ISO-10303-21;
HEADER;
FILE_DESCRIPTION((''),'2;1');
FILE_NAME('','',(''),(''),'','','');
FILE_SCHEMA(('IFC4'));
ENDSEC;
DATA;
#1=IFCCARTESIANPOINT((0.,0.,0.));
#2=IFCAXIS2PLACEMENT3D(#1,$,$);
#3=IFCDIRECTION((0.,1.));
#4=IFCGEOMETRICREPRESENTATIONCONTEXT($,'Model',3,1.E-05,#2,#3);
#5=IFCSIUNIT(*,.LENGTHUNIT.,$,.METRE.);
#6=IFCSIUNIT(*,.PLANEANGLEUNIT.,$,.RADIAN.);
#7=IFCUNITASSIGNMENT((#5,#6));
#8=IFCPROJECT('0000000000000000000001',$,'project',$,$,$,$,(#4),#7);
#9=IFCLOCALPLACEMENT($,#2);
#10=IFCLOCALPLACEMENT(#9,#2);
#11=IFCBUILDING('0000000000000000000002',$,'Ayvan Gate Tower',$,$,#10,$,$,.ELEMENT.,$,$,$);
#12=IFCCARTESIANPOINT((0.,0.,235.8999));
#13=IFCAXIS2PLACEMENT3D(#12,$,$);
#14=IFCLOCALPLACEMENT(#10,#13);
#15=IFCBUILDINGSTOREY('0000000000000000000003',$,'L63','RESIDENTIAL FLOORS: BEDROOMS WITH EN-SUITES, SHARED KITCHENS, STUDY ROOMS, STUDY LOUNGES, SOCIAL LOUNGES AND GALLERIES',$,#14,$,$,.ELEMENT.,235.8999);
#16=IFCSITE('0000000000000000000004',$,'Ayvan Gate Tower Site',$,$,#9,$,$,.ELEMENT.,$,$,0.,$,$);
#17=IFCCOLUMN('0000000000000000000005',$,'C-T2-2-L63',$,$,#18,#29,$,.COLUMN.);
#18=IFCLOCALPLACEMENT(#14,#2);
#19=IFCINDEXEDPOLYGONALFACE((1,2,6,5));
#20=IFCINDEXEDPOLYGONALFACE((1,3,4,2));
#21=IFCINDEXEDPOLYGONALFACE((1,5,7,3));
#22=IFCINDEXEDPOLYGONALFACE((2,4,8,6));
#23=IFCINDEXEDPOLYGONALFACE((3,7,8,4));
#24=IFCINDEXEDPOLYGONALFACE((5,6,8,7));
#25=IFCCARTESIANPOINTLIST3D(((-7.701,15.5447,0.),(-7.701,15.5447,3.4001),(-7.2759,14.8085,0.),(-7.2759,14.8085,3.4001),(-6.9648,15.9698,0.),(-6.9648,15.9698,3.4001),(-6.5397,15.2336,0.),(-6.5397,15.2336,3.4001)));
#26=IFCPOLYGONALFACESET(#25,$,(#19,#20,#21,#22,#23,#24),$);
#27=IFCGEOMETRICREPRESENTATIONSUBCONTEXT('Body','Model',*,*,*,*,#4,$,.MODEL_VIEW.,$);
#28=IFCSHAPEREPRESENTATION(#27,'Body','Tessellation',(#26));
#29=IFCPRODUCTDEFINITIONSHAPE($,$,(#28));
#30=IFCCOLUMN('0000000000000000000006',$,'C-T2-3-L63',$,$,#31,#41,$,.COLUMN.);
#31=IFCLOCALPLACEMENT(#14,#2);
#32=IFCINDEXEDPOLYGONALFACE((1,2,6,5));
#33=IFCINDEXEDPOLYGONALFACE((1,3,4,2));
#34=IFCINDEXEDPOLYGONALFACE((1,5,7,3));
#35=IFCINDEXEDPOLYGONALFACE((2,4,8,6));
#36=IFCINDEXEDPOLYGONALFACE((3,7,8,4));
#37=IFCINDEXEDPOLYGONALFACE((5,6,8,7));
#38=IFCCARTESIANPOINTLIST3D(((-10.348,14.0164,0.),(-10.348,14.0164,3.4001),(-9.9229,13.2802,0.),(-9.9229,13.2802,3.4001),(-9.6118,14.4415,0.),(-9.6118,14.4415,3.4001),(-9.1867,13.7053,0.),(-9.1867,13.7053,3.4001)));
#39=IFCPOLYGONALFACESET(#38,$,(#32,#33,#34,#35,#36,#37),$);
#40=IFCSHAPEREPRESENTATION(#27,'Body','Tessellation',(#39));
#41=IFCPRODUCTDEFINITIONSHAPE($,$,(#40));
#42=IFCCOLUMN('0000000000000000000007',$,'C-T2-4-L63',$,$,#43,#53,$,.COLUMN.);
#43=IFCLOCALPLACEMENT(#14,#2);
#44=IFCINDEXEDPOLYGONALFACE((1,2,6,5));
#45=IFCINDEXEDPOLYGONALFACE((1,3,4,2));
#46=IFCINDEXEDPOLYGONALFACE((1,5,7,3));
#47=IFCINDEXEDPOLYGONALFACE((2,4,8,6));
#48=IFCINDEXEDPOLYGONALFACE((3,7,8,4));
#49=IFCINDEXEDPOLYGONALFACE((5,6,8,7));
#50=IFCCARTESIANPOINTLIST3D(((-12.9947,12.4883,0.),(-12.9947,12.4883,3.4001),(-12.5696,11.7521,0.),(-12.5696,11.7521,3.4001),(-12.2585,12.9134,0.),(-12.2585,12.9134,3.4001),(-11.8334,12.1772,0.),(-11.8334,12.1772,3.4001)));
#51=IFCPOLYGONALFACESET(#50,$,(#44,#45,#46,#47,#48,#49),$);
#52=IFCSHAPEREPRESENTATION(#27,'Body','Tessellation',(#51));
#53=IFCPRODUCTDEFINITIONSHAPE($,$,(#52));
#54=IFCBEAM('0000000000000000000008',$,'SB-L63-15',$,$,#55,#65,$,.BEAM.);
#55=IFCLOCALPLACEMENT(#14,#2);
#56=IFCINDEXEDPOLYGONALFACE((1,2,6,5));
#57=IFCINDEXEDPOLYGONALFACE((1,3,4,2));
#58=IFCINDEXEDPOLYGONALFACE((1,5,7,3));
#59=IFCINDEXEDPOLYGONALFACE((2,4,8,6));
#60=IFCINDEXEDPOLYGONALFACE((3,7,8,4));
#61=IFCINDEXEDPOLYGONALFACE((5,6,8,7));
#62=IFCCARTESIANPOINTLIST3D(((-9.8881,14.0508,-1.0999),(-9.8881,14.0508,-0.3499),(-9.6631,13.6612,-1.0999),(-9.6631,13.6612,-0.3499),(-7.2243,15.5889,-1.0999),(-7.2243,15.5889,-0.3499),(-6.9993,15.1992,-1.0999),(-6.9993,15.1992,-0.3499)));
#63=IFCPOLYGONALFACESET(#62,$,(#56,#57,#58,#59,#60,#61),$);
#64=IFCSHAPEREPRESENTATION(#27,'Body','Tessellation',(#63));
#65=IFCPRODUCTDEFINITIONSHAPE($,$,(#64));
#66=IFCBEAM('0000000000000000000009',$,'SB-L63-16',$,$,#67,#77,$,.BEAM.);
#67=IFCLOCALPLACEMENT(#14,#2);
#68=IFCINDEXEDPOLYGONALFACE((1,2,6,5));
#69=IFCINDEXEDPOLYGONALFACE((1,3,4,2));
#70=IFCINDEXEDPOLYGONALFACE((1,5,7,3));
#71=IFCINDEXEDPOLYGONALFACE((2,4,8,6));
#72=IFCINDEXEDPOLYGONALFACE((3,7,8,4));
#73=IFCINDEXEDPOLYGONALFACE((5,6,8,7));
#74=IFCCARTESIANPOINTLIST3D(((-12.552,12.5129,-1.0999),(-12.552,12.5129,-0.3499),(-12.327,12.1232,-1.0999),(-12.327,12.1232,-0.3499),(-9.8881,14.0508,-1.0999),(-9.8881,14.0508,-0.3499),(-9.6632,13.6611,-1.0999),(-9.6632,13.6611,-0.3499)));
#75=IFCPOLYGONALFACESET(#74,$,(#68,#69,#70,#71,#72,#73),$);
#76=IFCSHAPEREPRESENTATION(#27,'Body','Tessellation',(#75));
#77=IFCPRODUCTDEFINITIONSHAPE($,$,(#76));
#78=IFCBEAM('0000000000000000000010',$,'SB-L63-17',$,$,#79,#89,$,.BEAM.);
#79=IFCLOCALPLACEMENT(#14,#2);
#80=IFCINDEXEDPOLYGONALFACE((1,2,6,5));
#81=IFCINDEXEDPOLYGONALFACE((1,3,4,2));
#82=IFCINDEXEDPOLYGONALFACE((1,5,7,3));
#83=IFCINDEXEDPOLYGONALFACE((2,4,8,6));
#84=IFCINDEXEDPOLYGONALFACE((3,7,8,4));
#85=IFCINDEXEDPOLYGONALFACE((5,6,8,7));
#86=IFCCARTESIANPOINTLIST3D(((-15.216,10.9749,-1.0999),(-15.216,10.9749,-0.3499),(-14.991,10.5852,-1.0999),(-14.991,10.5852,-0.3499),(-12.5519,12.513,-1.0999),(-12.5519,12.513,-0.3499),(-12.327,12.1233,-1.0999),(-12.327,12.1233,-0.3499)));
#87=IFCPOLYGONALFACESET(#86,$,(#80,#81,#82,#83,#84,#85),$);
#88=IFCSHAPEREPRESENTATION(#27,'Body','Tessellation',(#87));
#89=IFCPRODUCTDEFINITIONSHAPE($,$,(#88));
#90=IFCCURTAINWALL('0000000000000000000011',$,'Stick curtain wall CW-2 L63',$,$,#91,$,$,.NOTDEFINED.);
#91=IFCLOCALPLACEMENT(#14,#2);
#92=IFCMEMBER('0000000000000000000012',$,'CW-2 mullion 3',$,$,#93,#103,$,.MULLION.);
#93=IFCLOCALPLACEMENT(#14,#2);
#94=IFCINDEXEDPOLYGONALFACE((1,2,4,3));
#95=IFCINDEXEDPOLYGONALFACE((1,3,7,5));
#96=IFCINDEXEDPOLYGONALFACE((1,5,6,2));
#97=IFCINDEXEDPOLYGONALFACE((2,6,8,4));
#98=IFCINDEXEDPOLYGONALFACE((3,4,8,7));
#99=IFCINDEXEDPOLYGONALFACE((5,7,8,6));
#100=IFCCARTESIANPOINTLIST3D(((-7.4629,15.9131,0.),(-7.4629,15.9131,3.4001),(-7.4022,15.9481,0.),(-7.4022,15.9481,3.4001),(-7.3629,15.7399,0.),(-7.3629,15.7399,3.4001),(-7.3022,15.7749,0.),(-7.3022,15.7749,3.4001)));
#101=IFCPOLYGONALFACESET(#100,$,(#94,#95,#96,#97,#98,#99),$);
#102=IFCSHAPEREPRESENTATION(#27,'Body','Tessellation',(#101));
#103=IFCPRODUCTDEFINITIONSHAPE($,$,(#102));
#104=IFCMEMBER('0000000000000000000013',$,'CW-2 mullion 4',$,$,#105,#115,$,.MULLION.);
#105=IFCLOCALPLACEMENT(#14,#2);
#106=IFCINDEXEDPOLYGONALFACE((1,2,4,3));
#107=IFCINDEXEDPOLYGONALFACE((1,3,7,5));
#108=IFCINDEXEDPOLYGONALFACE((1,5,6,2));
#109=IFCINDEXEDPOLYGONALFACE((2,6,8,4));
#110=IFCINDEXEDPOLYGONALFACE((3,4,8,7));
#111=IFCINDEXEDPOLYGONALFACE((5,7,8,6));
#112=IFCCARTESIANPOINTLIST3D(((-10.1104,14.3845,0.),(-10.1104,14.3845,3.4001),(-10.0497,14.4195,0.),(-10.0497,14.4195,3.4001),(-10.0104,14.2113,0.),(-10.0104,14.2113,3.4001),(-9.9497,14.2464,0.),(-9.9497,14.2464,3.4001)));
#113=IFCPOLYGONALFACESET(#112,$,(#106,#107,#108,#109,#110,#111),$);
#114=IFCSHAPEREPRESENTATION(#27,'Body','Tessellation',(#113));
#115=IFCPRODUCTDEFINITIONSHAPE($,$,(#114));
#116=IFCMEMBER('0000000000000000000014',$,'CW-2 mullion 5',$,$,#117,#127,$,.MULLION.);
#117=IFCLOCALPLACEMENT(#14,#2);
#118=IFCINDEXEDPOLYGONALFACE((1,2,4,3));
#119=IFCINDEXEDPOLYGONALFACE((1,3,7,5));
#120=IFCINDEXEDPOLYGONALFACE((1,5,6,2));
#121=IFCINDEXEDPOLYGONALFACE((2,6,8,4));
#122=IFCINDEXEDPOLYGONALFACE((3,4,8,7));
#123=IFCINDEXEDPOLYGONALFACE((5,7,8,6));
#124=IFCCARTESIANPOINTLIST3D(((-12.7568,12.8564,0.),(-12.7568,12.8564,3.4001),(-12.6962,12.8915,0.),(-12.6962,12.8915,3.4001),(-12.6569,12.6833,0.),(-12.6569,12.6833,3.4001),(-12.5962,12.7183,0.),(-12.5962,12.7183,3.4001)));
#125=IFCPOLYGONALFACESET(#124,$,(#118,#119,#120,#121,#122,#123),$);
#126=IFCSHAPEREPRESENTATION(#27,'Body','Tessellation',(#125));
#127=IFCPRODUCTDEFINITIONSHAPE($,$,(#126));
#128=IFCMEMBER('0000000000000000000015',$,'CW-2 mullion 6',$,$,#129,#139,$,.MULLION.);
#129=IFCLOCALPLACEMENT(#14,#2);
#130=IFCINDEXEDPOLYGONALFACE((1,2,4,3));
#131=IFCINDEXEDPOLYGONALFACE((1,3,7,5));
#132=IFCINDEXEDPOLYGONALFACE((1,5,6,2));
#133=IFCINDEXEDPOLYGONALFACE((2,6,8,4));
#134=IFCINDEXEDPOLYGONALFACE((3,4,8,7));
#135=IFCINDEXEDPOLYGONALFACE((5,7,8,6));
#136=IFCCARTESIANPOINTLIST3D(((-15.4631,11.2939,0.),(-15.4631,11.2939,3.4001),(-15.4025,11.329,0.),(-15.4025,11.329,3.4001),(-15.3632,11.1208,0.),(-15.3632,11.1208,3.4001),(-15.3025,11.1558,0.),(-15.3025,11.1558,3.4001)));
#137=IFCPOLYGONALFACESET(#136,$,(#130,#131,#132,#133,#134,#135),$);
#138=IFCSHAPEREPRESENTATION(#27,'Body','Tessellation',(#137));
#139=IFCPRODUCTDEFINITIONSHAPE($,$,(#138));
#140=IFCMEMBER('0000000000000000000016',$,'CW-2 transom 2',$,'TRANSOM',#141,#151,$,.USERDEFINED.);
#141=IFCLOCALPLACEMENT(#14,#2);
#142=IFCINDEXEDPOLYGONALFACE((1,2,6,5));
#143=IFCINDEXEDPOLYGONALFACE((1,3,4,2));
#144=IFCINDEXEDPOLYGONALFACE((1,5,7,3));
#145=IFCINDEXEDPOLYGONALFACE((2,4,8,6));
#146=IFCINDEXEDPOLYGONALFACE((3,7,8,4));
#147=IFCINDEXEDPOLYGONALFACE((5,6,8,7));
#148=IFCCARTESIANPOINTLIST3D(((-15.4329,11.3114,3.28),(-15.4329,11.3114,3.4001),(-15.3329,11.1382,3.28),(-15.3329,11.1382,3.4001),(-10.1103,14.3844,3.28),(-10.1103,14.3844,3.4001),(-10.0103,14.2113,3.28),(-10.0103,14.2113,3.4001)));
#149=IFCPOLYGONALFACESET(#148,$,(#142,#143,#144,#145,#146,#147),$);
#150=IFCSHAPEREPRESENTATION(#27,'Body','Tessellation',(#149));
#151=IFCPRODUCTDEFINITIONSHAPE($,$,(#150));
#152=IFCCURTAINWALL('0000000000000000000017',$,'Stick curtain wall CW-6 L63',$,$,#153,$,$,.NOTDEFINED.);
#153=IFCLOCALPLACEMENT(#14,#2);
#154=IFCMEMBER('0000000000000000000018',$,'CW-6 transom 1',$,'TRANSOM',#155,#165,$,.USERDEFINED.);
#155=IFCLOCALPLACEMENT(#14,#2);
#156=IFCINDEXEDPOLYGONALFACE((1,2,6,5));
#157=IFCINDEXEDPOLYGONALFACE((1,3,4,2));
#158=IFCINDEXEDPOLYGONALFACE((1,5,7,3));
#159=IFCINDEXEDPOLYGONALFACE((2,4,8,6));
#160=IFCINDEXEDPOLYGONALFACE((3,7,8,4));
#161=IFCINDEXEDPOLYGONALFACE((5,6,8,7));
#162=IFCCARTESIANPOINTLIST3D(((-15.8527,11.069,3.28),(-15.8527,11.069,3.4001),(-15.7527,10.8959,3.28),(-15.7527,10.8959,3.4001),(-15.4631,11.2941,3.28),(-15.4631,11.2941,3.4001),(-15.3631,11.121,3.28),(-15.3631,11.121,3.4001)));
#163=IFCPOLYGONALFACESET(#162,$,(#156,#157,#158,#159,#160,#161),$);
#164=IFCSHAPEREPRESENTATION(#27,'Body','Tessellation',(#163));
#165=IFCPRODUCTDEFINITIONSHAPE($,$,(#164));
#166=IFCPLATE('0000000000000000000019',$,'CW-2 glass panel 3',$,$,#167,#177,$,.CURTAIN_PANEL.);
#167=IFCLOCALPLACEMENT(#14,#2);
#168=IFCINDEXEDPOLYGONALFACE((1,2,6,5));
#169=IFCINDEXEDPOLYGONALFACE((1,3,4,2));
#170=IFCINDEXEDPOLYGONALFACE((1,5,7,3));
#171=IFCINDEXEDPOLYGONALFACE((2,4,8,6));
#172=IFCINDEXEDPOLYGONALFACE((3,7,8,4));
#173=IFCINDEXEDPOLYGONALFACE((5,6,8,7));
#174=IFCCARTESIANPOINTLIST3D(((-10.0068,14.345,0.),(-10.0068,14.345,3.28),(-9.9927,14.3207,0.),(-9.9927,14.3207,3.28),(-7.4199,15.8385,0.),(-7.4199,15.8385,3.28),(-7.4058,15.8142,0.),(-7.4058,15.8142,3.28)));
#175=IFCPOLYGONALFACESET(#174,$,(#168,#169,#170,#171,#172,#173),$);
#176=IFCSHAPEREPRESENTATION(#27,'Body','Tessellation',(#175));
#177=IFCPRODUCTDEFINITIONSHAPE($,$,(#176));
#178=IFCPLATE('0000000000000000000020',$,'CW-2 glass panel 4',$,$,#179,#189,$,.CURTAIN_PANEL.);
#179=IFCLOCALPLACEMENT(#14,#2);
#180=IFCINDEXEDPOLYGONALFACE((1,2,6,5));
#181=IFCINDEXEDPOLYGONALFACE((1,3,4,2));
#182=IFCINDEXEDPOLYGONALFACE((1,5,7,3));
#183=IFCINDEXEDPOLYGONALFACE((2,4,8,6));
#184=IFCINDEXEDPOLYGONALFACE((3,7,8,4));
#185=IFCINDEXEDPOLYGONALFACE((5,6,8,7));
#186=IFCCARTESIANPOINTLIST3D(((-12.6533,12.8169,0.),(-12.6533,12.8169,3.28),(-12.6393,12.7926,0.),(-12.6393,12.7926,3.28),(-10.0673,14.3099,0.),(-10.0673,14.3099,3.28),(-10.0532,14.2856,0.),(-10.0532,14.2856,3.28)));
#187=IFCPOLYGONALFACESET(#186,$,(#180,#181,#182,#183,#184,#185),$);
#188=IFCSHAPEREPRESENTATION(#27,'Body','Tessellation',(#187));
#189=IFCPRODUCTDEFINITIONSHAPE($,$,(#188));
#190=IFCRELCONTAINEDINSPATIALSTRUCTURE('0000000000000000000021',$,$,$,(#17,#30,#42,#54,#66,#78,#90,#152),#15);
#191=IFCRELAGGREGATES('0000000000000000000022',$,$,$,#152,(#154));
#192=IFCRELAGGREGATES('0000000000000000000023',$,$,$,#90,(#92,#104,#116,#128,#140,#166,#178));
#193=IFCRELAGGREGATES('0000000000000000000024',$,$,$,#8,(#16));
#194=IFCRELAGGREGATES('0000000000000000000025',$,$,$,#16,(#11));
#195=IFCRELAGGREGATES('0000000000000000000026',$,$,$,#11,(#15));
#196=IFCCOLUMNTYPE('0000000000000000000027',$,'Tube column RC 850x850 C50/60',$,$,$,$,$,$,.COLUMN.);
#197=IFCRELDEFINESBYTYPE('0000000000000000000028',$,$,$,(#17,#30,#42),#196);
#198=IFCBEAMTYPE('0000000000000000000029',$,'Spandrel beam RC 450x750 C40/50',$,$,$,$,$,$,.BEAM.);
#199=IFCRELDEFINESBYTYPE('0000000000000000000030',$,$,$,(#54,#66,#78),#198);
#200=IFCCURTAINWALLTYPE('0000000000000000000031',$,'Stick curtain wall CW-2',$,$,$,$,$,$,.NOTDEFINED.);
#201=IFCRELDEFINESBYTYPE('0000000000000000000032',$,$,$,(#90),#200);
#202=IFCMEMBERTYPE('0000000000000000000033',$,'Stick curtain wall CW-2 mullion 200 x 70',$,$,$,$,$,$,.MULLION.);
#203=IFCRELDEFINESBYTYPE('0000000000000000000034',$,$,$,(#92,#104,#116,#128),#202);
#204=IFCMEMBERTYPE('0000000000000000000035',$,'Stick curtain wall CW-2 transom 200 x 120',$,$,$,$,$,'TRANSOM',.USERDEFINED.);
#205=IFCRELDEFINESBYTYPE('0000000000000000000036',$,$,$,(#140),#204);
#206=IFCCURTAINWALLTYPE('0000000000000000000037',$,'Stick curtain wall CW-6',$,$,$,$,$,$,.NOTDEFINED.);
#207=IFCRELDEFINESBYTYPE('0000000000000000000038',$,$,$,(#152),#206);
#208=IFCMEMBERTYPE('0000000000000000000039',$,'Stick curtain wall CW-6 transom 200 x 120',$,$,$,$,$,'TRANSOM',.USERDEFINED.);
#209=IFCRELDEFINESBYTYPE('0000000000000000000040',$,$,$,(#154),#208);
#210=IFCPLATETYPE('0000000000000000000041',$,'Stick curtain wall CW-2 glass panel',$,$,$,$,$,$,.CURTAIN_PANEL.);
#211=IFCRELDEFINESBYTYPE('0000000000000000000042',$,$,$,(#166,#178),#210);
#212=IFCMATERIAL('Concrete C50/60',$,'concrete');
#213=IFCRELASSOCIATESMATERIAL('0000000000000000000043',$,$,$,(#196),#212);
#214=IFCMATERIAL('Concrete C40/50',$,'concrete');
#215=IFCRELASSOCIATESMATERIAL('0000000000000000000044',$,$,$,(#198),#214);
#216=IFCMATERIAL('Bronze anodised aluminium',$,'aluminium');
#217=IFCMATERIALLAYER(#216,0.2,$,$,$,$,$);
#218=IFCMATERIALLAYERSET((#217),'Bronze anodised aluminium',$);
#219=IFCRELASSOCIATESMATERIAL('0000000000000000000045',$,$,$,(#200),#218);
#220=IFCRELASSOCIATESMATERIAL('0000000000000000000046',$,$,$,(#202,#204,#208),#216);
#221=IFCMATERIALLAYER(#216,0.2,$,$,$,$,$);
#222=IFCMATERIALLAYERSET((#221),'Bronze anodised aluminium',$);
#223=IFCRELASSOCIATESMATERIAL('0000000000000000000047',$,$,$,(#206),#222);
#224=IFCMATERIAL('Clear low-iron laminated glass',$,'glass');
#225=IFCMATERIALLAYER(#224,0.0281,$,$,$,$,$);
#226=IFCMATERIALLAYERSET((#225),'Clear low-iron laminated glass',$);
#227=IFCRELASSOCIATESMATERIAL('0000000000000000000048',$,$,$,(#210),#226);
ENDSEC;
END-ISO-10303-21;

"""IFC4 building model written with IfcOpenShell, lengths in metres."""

from ifc_helpers import new_model, si_unit, direction, frame, origin, origin_2d, place, context, subcontext, project, spatial, rectangle, extrude, material, layer, layer_set, material_profile, profile_set, type_object, element, aggregate, save


model = new_model("IFC4")

# Units and contexts
model_context = context("Model", 3, precision=1e-05, world=origin(), true_north=direction((0.0, 1.0)))
body_context = subcontext(model_context, "Body", "Model", "MODEL_VIEW")
ifc_project = project(units=[si_unit("LENGTHUNIT", "METRE"), si_unit("PLANEANGLEUNIT", "RADIAN")], contexts=[model_context])

# Site, building, storey
site_placement = place(None, origin())
site = spatial("IfcSite", under=ifc_project, at=site_placement, Name="Ayvan Gate Tower Site", CompositionType="ELEMENT", RefElevation=0.0)
building_placement = place(site_placement, origin())
building = spatial("IfcBuilding", under=site, at=building_placement, Name="Ayvan Gate Tower", CompositionType="ELEMENT")
storey_placement = place(building_placement, frame((0.0, 0.0, 235.8999)))
storey = spatial("IfcBuildingStorey", under=building, at=storey_placement, Name="L63", Description="RESIDENTIAL FLOORS: BEDROOMS WITH EN-SUITES, SHARED KITCHENS, STUDY ROOMS, STUDY LOUNGES, SOCIAL LOUNGES AND GALLERIES", CompositionType="ELEMENT", Elevation=235.8999)

# Columns
ifc_material_1 = material(Name="Concrete C50/60", Category="concrete")
ifc_material_profile_1 = material_profile(ifc_material_1, rectangle(XDim=0.8501, YDim=0.8501, at=origin_2d()), Name="RC 850x850")
ifc_profile_set_1 = profile_set([ifc_material_profile_1], Name="Concrete C50/60")
column_type = type_object("IfcColumnType", Name="Tube column RC 850x850 C50/60", PredefinedType="COLUMN", material=ifc_profile_set_1)
for number, where, z_axis, x_axis, name in (
    (1, (-7.1204, 15.3892, 0.0), (0.0, 0.0, 1.0), (-0.5, 0.866025, 0.0), "C-T2-2-L63"),
    (2, (-9.7673, 13.8608, 0.0), (0.0, 0.0, 1.0), (-0.5, 0.866025, 0.0), "C-T2-3-L63"),
    (3, (-12.4141, 12.3328, 0.0), (0.0, 0.0, 1.0), (-0.5, 0.866025, 0.0), "C-T2-4-L63"),
):
    element("IfcColumn", number, at=place(storey_placement, frame(where, z_axis=z_axis, x_axis=x_axis)), inside=storey, type_object=column_type, Name=name, PredefinedType="COLUMN", context=body_context, shape_type="SweptSolid", body=[
        extrude(rectangle(XDim=0.8501, YDim=0.8501, at=origin_2d()), origin(), (0.0, 0.0, 1.0), 3.4001),
    ])

# Beams
ifc_material_2 = material(Name="Concrete C40/50", Category="concrete")
ifc_material_profile_2 = material_profile(ifc_material_2, rectangle(XDim=0.45, YDim=0.75, at=origin_2d()), Name="RC 450x750")
ifc_profile_set_2 = profile_set([ifc_material_profile_2], Name="Concrete C40/50")
beam_type = type_object("IfcBeamType", Name="Spandrel beam RC 450x750 C40/50", PredefinedType="BEAM", material=ifc_profile_set_2)
for number, where, z_axis, x_axis, name in (
    (4, (-7.1118, 15.394, -0.7249), (-0.866007, -0.500032, 0.0), (0.500032, -0.866007, 0.0), "SB-L63-15"),
    (5, (-9.7756, 13.856, -0.7249), (-0.866042, -0.499972, 0.0), (0.499972, -0.866042, 0.0), "SB-L63-16"),
):
    element("IfcBeam", number, at=place(storey_placement, frame(where, z_axis=z_axis, x_axis=x_axis)), inside=storey, type_object=beam_type, Name=name, PredefinedType="BEAM", context=body_context, shape_type="SweptSolid", body=[
        extrude(rectangle(XDim=0.45, YDim=0.75, at=origin_2d()), origin(), (0.0, 0.0, 1.0), 3.0759),
    ])
beam_placement = place(storey_placement, frame((-12.4395, 12.3181, -0.7249), z_axis=(-0.866027, -0.499997, 0.0), x_axis=(0.499997, -0.866027, 0.0)))
element("IfcBeam", 6, at=beam_placement, inside=storey, type_object=beam_type, Name="SB-L63-17", PredefinedType="BEAM", context=body_context, shape_type="SweptSolid", body=[
    extrude(rectangle(XDim=0.45, YDim=0.75, at=origin_2d()), origin(), (0.0, 0.0, 1.0), 3.0762),
])

# Curtain wall, members
ifc_material_3 = material(Name="Bronze anodised aluminium", Category="aluminium")
ifc_layer_1 = layer(ifc_material_3, 0.2)
ifc_layer_set_1 = layer_set([ifc_layer_1], Name="Bronze anodised aluminium")
curtain_wall_type_1 = type_object("IfcCurtainWallType", Name="Stick curtain wall CW-2", PredefinedType="NOTDEFINED", material=ifc_layer_set_1)
curtain_wall_1_placement = place(storey_placement, origin())
curtain_wall_1 = element("IfcCurtainWall", 7, at=curtain_wall_1_placement, inside=storey, type_object=curtain_wall_type_1, Name="Stick curtain wall CW-2 L63", PredefinedType="NOTDEFINED")
ifc_material_profile_3 = material_profile(ifc_material_3, rectangle(XDim=0.2, YDim=0.0701, at=origin_2d()), Name="Stick curtain wall CW-2 mullion 200 x 70")
ifc_profile_set_3 = profile_set([ifc_material_profile_3], Name="Bronze anodised aluminium")
member_type_1 = type_object("IfcMemberType", Name="Stick curtain wall CW-2 mullion 200 x 70", PredefinedType="MULLION", material=ifc_profile_set_3)
member_1_placement = place(storey_placement, frame((-7.3826, 15.844, 0.0), z_axis=(0.0, 0.0, 1.0), x_axis=(-0.5, 0.866025, 0.0)))
member_1 = element("IfcMember", 8, at=member_1_placement, type_object=member_type_1, Name="CW-2 mullion 3", PredefinedType="MULLION", context=body_context, shape_type="SweptSolid", body=[
    extrude(rectangle(XDim=0.2, YDim=0.0701, at=origin_2d()), origin(), (0.0, 0.0, 1.0), 3.4001),
])
member_2_placement = place(storey_placement, frame((-10.03, 14.3154, 0.0), z_axis=(0.0, 0.0, 1.0), x_axis=(-0.5, 0.866025, 0.0)))
member_2 = element("IfcMember", 9, at=member_2_placement, type_object=member_type_1, Name="CW-2 mullion 4", PredefinedType="MULLION", context=body_context, shape_type="SweptSolid", body=[
    extrude(rectangle(XDim=0.2, YDim=0.0701, at=origin_2d()), origin(), (0.0, 0.0, 1.0), 3.4001),
])
member_3_placement = place(storey_placement, frame((-12.6765, 12.7874, 0.0), z_axis=(0.0, 0.0, 1.0), x_axis=(-0.5, 0.866025, 0.0)))
member_3 = element("IfcMember", 10, at=member_3_placement, type_object=member_type_1, Name="CW-2 mullion 5", PredefinedType="MULLION", context=body_context, shape_type="SweptSolid", body=[
    extrude(rectangle(XDim=0.2, YDim=0.0701, at=origin_2d()), origin(), (0.0, 0.0, 1.0), 3.4001),
])
member_4_placement = place(storey_placement, frame((-15.3828, 11.2249, 0.0), z_axis=(0.0, 0.0, 1.0), x_axis=(-0.5, 0.866025, 0.0)))
member_4 = element("IfcMember", 11, at=member_4_placement, type_object=member_type_1, Name="CW-2 mullion 6", PredefinedType="MULLION", context=body_context, shape_type="SweptSolid", body=[
    extrude(rectangle(XDim=0.2, YDim=0.0701, at=origin_2d()), origin(), (0.0, 0.0, 1.0), 3.4001),
])
ifc_material_profile_4 = material_profile(ifc_material_3, rectangle(XDim=0.2, YDim=0.1201, at=origin_2d()), Name="Stick curtain wall CW-2 transom 200 x 120")
ifc_profile_set_4 = profile_set([ifc_material_profile_4], Name="Bronze anodised aluminium")
member_type_2 = type_object("IfcMemberType", Name="Stick curtain wall CW-2 transom 200 x 120", ElementType="TRANSOM", PredefinedType="USERDEFINED", material=ifc_profile_set_4)
member_5_placement = place(storey_placement, frame((-10.0603, 14.2979, 3.3401), z_axis=(-0.866022, -0.500006, 0.0), x_axis=(0.500006, -0.866022, 0.0)))
member_5 = element("IfcMember", 12, at=member_5_placement, type_object=member_type_2, Name="CW-2 transom 2", ObjectType="TRANSOM", PredefinedType="USERDEFINED", context=body_context, shape_type="SweptSolid", body=[
    extrude(rectangle(XDim=0.2, YDim=0.1201, at=origin_2d()), origin(), (0.0, 0.0, 1.0), 6.146),
])

# Curtain wall, member
ifc_layer_2 = layer(ifc_material_3, 0.2)
ifc_layer_set_2 = layer_set([ifc_layer_2], Name="Bronze anodised aluminium")
curtain_wall_type_2 = type_object("IfcCurtainWallType", Name="Stick curtain wall CW-6", PredefinedType="NOTDEFINED", material=ifc_layer_set_2)
curtain_wall_2_placement = place(storey_placement, origin())
curtain_wall_2 = element("IfcCurtainWall", 13, at=curtain_wall_2_placement, inside=storey, type_object=curtain_wall_type_2, Name="Stick curtain wall CW-6 L63", PredefinedType="NOTDEFINED")
ifc_material_profile_5 = material_profile(ifc_material_3, rectangle(XDim=0.2, YDim=0.1201, at=origin_2d()), Name="Stick curtain wall CW-6 transom 200 x 120")
ifc_profile_set_5 = profile_set([ifc_material_profile_5], Name="Bronze anodised aluminium")
member_type_3 = type_object("IfcMemberType", Name="Stick curtain wall CW-6 transom 200 x 120", ElementType="TRANSOM", PredefinedType="USERDEFINED", material=ifc_profile_set_5)
member_6_placement = place(storey_placement, frame((-15.4131, 11.2075, 3.3401), z_axis=(-0.865896, -0.500223, 0.0), x_axis=(0.500223, -0.865896, 0.0)))
member_6 = element("IfcMember", 14, at=member_6_placement, type_object=member_type_3, Name="CW-6 transom 1", ObjectType="TRANSOM", PredefinedType="USERDEFINED", context=body_context, shape_type="SweptSolid", body=[
    extrude(rectangle(XDim=0.2, YDim=0.1201, at=origin_2d()), origin(), (0.0, 0.0, 1.0), 0.45),
])
aggregate(curtain_wall_2, [member_6])

# Plates
ifc_material_4 = material(Name="Clear low-iron laminated glass", Category="glass")
ifc_layer_3 = layer(ifc_material_4, 0.0281)
ifc_layer_set_3 = layer_set([ifc_layer_3], Name="Clear low-iron laminated glass")
plate_type = type_object("IfcPlateType", Name="Stick curtain wall CW-2 glass panel", PredefinedType="CURTAIN_PANEL", material=ifc_layer_set_3)
plate_1_placement = place(storey_placement, frame((-8.7063, 15.0796, 0.0), z_axis=(0.0, 0.0, 1.0), x_axis=(-0.866025, -0.5, 0.0)))
plate_1 = element("IfcPlate", 15, at=plate_1_placement, type_object=plate_type, Name="CW-2 glass panel 3", PredefinedType="CURTAIN_PANEL", context=body_context, shape_type="SweptSolid", body=[
    extrude(rectangle(XDim=2.9871, YDim=0.0281, at=origin_2d()), origin(), (0.0, 0.0, 1.0), 3.28),
])
plate_2_placement = place(storey_placement, frame((-11.3533, 13.5513, 0.0), z_axis=(0.0, 0.0, 1.0), x_axis=(-0.866025, -0.5, 0.0)))
plate_2 = element("IfcPlate", 16, at=plate_2_placement, type_object=plate_type, Name="CW-2 glass panel 4", PredefinedType="CURTAIN_PANEL", context=body_context, shape_type="SweptSolid", body=[
    extrude(rectangle(XDim=2.9861, YDim=0.0281, at=origin_2d()), origin(), (0.0, 0.0, 1.0), 3.28),
])
aggregate(curtain_wall_1, [member_1, member_2, member_3, member_4, member_5, plate_1, plate_2])

save(model, "model.ifc")
